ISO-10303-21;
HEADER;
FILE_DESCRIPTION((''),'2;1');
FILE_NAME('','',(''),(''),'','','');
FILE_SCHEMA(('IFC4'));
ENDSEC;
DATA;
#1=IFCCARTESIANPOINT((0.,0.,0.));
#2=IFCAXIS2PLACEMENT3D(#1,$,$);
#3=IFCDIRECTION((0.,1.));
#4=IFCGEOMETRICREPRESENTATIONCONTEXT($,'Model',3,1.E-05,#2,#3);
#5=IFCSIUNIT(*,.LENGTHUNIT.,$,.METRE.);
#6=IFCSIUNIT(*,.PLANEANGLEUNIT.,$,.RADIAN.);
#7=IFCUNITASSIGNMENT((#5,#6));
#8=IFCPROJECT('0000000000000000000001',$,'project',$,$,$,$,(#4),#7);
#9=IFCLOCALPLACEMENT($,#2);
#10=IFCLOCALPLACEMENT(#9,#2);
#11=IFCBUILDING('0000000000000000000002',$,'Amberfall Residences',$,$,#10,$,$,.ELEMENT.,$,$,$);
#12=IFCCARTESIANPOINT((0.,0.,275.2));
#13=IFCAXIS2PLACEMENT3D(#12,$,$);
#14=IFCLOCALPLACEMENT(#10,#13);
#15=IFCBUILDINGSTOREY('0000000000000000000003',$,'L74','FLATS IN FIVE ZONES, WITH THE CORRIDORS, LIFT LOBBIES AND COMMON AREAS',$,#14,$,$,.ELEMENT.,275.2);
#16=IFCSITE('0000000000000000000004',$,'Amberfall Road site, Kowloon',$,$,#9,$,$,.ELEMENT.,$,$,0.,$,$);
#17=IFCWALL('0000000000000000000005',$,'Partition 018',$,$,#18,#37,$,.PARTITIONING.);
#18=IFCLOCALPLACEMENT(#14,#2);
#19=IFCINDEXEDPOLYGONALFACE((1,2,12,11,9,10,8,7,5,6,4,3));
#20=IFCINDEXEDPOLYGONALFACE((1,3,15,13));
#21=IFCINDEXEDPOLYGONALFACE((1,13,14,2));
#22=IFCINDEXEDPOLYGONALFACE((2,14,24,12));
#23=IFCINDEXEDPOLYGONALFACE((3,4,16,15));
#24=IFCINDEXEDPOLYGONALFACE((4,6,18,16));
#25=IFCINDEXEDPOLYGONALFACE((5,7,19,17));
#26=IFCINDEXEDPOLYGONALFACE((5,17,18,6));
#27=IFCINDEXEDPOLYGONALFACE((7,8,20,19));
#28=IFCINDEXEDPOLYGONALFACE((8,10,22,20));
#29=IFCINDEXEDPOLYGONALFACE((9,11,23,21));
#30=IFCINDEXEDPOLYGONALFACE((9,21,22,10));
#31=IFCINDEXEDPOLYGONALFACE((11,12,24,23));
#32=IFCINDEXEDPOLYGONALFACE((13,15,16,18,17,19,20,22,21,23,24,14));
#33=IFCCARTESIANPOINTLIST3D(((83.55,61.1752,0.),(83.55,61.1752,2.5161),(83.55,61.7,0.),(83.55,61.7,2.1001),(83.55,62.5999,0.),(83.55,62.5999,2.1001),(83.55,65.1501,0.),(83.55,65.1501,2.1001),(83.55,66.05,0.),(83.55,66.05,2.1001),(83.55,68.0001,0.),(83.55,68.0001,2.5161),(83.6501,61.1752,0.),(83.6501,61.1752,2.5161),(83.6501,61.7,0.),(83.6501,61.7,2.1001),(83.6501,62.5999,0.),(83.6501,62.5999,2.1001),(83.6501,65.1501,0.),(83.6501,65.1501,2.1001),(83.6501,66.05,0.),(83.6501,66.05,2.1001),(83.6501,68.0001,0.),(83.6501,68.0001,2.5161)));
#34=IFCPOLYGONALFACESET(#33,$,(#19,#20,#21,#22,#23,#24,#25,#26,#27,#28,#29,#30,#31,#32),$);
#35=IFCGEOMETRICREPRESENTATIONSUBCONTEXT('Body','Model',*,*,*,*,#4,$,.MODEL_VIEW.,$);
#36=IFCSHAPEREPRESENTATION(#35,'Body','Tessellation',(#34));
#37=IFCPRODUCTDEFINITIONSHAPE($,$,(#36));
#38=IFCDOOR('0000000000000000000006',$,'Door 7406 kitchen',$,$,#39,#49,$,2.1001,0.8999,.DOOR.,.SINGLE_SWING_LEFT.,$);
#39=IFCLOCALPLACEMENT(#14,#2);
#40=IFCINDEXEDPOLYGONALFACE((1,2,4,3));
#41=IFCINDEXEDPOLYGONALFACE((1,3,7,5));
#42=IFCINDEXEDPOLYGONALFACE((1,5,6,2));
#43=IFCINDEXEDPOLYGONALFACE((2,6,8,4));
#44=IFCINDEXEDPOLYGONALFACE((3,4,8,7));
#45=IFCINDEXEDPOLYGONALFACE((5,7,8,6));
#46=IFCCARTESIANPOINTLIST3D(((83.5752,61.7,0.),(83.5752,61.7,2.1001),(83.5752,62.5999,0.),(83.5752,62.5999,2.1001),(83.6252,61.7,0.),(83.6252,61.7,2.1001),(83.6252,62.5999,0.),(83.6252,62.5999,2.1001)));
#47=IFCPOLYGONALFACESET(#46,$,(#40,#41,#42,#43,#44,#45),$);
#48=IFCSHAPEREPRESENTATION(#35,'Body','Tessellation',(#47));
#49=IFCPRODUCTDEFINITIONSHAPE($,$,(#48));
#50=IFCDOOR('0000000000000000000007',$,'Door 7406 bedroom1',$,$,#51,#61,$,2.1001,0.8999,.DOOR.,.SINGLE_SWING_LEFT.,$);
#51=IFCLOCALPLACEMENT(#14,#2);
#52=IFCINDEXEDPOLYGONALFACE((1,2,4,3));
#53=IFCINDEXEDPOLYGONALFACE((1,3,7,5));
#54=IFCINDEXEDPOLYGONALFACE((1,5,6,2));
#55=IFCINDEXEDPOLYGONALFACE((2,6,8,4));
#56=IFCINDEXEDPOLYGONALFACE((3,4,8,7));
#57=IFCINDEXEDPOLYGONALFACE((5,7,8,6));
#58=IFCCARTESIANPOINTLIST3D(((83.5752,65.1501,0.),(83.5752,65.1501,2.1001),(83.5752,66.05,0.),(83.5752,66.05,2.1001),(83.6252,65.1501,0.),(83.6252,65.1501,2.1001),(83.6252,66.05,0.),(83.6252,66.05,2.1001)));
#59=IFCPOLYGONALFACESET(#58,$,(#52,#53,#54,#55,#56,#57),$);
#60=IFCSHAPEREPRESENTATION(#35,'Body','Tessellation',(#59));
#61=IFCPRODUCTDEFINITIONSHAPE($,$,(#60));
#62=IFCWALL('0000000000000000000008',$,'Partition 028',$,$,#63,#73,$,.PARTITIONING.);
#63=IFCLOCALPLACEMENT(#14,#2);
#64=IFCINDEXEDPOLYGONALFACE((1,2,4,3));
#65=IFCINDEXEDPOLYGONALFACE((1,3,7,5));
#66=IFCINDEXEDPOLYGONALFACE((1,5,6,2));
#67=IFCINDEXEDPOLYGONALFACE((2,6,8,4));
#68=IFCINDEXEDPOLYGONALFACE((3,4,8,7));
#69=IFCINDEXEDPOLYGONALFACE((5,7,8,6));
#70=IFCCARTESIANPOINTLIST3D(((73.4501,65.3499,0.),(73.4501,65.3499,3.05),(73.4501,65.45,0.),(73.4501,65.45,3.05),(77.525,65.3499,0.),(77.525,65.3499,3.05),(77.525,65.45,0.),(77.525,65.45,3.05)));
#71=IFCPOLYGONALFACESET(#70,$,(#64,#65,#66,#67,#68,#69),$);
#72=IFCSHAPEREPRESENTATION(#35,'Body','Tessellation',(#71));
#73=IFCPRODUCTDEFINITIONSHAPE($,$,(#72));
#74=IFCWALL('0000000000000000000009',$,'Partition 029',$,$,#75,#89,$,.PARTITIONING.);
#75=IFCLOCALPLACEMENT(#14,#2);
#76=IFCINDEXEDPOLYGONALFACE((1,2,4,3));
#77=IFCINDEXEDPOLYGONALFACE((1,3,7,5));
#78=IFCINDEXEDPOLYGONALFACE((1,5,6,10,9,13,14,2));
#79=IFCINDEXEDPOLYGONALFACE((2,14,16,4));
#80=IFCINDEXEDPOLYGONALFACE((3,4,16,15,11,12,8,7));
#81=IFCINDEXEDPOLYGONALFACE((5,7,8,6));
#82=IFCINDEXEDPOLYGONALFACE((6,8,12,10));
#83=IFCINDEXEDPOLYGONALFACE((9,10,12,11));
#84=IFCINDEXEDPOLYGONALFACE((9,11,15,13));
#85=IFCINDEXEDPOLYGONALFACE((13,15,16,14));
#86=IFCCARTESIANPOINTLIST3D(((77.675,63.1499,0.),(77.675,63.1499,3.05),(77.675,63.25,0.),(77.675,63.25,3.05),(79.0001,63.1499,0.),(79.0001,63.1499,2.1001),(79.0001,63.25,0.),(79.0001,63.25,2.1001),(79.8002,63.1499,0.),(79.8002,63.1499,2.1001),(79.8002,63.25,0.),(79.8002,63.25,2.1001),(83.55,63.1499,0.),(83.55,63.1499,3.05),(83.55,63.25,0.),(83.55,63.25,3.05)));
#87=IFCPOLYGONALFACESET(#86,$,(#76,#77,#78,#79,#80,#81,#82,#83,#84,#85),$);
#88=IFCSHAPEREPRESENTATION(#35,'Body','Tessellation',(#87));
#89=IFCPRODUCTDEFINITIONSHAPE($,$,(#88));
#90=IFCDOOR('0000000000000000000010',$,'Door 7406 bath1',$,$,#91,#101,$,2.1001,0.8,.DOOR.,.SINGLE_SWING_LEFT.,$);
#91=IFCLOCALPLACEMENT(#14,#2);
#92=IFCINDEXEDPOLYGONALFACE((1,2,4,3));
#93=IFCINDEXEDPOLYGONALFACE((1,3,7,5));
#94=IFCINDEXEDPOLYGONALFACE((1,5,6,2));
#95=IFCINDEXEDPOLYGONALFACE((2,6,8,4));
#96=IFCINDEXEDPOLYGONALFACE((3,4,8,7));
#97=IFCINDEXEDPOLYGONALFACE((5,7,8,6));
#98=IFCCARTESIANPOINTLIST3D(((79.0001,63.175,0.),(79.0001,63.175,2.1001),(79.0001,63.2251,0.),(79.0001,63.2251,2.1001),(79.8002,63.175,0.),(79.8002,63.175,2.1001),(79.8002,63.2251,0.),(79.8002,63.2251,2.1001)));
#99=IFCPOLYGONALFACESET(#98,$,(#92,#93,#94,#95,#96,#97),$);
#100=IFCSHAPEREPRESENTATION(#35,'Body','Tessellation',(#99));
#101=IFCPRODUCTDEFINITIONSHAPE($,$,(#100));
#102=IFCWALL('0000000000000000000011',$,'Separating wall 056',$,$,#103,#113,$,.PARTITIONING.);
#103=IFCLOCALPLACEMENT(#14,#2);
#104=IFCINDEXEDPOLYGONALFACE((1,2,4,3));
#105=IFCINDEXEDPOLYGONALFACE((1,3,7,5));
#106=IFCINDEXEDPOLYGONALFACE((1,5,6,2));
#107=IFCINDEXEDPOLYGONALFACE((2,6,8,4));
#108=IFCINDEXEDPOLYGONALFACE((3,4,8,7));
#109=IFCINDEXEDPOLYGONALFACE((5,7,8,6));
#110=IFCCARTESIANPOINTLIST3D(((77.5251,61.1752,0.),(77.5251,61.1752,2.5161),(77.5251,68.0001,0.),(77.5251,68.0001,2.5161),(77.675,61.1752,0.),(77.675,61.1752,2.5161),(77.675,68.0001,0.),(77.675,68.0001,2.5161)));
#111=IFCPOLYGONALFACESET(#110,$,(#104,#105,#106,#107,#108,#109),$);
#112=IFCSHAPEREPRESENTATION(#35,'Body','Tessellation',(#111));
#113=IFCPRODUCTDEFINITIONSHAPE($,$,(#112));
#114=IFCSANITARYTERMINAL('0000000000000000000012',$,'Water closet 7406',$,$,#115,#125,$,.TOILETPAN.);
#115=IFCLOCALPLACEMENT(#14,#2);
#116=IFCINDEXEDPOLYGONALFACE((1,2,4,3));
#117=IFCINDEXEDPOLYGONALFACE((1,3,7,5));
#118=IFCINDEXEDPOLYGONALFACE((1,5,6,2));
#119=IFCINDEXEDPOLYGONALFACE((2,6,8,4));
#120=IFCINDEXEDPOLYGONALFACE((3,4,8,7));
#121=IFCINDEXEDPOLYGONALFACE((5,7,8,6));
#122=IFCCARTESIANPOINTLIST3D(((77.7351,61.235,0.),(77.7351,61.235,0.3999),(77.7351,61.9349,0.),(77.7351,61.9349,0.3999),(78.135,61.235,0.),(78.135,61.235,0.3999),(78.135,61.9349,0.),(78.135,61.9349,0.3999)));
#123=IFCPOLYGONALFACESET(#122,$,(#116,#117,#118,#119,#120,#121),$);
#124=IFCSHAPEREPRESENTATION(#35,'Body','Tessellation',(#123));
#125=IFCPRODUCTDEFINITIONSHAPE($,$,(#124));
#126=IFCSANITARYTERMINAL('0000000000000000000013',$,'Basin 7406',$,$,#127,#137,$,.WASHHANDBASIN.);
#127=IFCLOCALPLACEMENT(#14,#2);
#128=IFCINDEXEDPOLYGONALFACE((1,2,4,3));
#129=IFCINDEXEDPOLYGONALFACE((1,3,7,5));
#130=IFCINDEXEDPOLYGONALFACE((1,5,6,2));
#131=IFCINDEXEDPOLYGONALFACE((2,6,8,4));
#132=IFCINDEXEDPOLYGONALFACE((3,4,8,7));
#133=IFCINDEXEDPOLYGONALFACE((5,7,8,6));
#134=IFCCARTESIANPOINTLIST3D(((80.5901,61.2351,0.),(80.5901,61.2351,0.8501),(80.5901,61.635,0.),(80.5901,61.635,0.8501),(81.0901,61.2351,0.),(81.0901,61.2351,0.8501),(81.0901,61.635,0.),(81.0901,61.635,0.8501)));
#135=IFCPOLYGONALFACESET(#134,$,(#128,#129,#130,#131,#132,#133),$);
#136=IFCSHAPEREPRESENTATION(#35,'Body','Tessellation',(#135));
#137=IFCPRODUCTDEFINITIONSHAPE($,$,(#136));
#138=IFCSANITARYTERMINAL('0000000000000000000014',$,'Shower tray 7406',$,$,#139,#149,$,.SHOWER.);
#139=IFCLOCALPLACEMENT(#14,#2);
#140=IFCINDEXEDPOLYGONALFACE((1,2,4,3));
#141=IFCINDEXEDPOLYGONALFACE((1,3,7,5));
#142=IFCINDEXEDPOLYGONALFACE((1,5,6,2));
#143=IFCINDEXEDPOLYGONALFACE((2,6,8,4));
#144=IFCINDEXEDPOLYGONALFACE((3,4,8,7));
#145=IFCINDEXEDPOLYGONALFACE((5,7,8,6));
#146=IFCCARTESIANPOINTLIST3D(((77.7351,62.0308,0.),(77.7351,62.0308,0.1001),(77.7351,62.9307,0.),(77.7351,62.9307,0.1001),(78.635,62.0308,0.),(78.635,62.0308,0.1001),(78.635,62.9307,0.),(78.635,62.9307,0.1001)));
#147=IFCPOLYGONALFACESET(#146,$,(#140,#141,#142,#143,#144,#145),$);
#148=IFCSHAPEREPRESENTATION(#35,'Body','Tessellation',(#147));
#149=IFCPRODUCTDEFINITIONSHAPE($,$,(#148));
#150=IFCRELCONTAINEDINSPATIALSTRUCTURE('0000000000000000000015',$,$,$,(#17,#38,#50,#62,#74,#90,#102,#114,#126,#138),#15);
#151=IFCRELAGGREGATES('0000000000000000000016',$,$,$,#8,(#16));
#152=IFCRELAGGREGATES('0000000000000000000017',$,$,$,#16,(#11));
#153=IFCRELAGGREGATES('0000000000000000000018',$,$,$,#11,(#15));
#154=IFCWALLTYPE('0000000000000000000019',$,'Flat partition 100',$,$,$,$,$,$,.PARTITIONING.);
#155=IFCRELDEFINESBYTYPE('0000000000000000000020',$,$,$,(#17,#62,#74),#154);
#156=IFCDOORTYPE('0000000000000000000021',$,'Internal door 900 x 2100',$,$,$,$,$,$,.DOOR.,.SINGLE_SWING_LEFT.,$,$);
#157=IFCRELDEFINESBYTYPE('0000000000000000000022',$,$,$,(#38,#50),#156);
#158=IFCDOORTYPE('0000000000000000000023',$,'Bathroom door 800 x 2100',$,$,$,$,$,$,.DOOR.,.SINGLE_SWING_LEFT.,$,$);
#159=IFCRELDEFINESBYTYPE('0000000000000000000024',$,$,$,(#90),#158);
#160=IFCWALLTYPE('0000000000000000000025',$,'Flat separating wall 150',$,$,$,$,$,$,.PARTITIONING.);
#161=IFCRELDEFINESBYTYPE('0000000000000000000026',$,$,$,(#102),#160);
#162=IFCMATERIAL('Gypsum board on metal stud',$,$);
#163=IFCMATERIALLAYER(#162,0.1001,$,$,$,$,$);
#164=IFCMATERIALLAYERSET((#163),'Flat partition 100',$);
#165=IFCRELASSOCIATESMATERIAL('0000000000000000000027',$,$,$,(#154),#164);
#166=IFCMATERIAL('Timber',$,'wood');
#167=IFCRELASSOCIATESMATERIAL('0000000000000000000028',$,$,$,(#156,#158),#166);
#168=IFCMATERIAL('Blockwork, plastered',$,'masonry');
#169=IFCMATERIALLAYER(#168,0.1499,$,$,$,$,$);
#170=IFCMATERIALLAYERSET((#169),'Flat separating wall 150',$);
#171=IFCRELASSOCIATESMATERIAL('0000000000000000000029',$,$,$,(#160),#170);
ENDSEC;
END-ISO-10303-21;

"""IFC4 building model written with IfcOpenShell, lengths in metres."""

from ifc_helpers import new_model, si_unit, direction, frame, frame_2d, origin, origin_2d, place, context, subcontext, project, spatial, rectangle, extrude, material, layer, layer_set, type_object, element, fill, save


model = new_model("IFC4")

# Units and contexts
model_context = context("Model", 3, precision=1e-05, world=origin(), true_north=direction((0.0, 1.0)))
body_context = subcontext(model_context, "Body", "Model", "MODEL_VIEW")
ifc_project = project(units=[si_unit("LENGTHUNIT", "METRE"), si_unit("PLANEANGLEUNIT", "RADIAN")], contexts=[model_context])

# Site, building, storey
site_placement = place(None, origin())
site = spatial("IfcSite", under=ifc_project, at=site_placement, Name="Amberfall Road site, Kowloon", CompositionType="ELEMENT", RefElevation=0.0)
building_placement = place(site_placement, origin())
building = spatial("IfcBuilding", under=site, at=building_placement, Name="Amberfall Residences", CompositionType="ELEMENT")
storey_placement = place(building_placement, frame((0.0, 0.0, 275.2)))
storey = spatial("IfcBuildingStorey", under=building, at=storey_placement, Name="L74", Description="FLATS IN FIVE ZONES, WITH THE CORRIDORS, LIFT LOBBIES AND COMMON AREAS", CompositionType="ELEMENT", Elevation=275.2)

# Shared definitions
ifc_material_1 = material(Name="Gypsum board on metal stud")
ifc_layer_1 = layer(ifc_material_1, 0.1001)
ifc_layer_set_1 = layer_set([ifc_layer_1], Name="Flat partition 100")
wall_type_1 = type_object("IfcWallType", Name="Flat partition 100", PredefinedType="PARTITIONING", material=ifc_layer_set_1)

# Wall, openings, doors
wall_1_placement = place(storey_placement, frame((83.6001, 61.175, 0.0), z_axis=(0.0, 0.0, 1.0), x_axis=(0.0, 1.0, 0.0)))
wall_1 = element("IfcWall", 1, at=wall_1_placement, inside=storey, type_object=wall_type_1, Name="Partition 018", PredefinedType="PARTITIONING", context=body_context, shape_type="SweptSolid", body=[
    extrude(rectangle(XDim=6.825, YDim=0.1001, at=frame_2d((3.4126, 0.0))), origin(), (0.0, 0.0, 1.0), 2.5161),
])
opening_1_placement = place(wall_1_placement, frame((0.5249, 0.0, 0.0)))
opening_1 = element("IfcOpeningElement", 2, at=opening_1_placement, cuts=wall_1, PredefinedType="OPENING", context=body_context, shape_type="SweptSolid", body=[
    extrude(rectangle(XDim=0.8999, YDim=2.1001, at=frame_2d((0.45, 1.05))), frame((0.0, 0.0601, 0.0), z_axis=(0.0, -1.0, 0.0), x_axis=(1.0, 0.0, 0.0)), (0.0, 0.0, 1.0), 0.1201),
])
opening_2_placement = place(wall_1_placement, frame((3.9751, 0.0, 0.0)))
opening_2 = element("IfcOpeningElement", 3, at=opening_2_placement, cuts=wall_1, PredefinedType="OPENING", context=body_context, shape_type="SweptSolid", body=[
    extrude(rectangle(XDim=0.8999, YDim=2.1001, at=frame_2d((0.45, 1.05))), frame((0.0, 0.0601, 0.0), z_axis=(0.0, -1.0, 0.0), x_axis=(1.0, 0.0, 0.0)), (0.0, 0.0, 1.0), 0.1201),
])
ifc_material_2 = material(Name="Timber", Category="wood")
door_type_1 = type_object("IfcDoorType", Name="Internal door 900 x 2100", OperationType="SINGLE_SWING_LEFT", PredefinedType="DOOR", material=ifc_material_2)
door_1_placement = place(opening_1_placement, origin())
door_1 = element("IfcDoor", 4, at=door_1_placement, inside=storey, type_object=door_type_1, Name="Door 7406 kitchen", OperationType="SINGLE_SWING_LEFT", OverallHeight=2.1001, OverallWidth=0.8999, PredefinedType="DOOR", context=body_context, shape_type="SweptSolid", body=[
    extrude(rectangle(XDim=0.8999, YDim=2.1001, at=frame_2d((0.45, 1.05))), frame((0.0, 0.0249, 0.0), z_axis=(0.0, -1.0, 0.0), x_axis=(1.0, 0.0, 0.0)), (0.0, 0.0, 1.0), 0.05),
])
fill(opening_1, door_1)
door_2_placement = place(opening_2_placement, origin())
door_2 = element("IfcDoor", 5, at=door_2_placement, inside=storey, type_object=door_type_1, Name="Door 7406 bedroom1", OperationType="SINGLE_SWING_LEFT", OverallHeight=2.1001, OverallWidth=0.8999, PredefinedType="DOOR", context=body_context, shape_type="SweptSolid", body=[
    extrude(rectangle(XDim=0.8999, YDim=2.1001, at=frame_2d((0.45, 1.05))), frame((0.0, 0.0249, 0.0), z_axis=(0.0, -1.0, 0.0), x_axis=(1.0, 0.0, 0.0)), (0.0, 0.0, 1.0), 0.05),
])
fill(opening_2, door_2)

# Wall
wall_2_placement = place(storey_placement, frame((73.45, 65.3999, 0.0), z_axis=(0.0, 0.0, 1.0), x_axis=(1.0, 0.0, 0.0)))
element("IfcWall", 6, at=wall_2_placement, inside=storey, type_object=wall_type_1, Name="Partition 028", PredefinedType="PARTITIONING", context=body_context, shape_type="SweptSolid", body=[
    extrude(rectangle(XDim=4.075, YDim=0.1001, at=frame_2d((2.0376, 0.0))), origin(), (0.0, 0.0, 1.0), 3.05),
])

# Wall, opening, door
wall_3_placement = place(storey_placement, frame((83.55, 63.2, 0.0), z_axis=(0.0, 0.0, 1.0), x_axis=(-1.0, 0.0, 0.0)))
wall_3 = element("IfcWall", 7, at=wall_3_placement, inside=storey, type_object=wall_type_1, Name="Partition 029", PredefinedType="PARTITIONING", context=body_context, shape_type="SweptSolid", body=[
    extrude(rectangle(XDim=5.875, YDim=0.1001, at=frame_2d((2.9375, 0.0))), origin(), (0.0, 0.0, 1.0), 3.05),
])
opening_3_placement = place(wall_3_placement, frame((3.75, 0.0, 0.0)))
opening_3 = element("IfcOpeningElement", 8, at=opening_3_placement, cuts=wall_3, PredefinedType="OPENING", context=body_context, shape_type="SweptSolid", body=[
    extrude(rectangle(XDim=0.8, YDim=2.1001, at=frame_2d((0.3999, 1.05))), frame((0.0, 0.0601, 0.0), z_axis=(0.0, -1.0, 0.0), x_axis=(1.0, 0.0, 0.0)), (0.0, 0.0, 1.0), 0.1201),
])
door_type_2 = type_object("IfcDoorType", Name="Bathroom door 800 x 2100", OperationType="SINGLE_SWING_LEFT", PredefinedType="DOOR", material=ifc_material_2)
door_3_placement = place(opening_3_placement, origin())
door_3 = element("IfcDoor", 9, at=door_3_placement, inside=storey, type_object=door_type_2, Name="Door 7406 bath1", OperationType="SINGLE_SWING_LEFT", OverallHeight=2.1001, OverallWidth=0.8, PredefinedType="DOOR", context=body_context, shape_type="SweptSolid", body=[
    extrude(rectangle(XDim=0.8, YDim=2.1001, at=frame_2d((0.3999, 1.05))), frame((0.0, 0.0249, 0.0), z_axis=(0.0, -1.0, 0.0), x_axis=(1.0, 0.0, 0.0)), (0.0, 0.0, 1.0), 0.05),
])
fill(opening_3, door_3)

# Wall
ifc_material_3 = material(Name="Blockwork, plastered", Category="masonry")
ifc_layer_2 = layer(ifc_material_3, 0.1499)
ifc_layer_set_2 = layer_set([ifc_layer_2], Name="Flat separating wall 150")
wall_type_2 = type_object("IfcWallType", Name="Flat separating wall 150", PredefinedType="PARTITIONING", material=ifc_layer_set_2)
wall_4_placement = place(storey_placement, frame((77.6001, 61.175, 0.0), z_axis=(0.0, 0.0, 1.0), x_axis=(0.0, 1.0, 0.0)))
element("IfcWall", 10, at=wall_4_placement, inside=storey, type_object=wall_type_2, Name="Separating wall 056", PredefinedType="PARTITIONING", context=body_context, shape_type="SweptSolid", body=[
    extrude(rectangle(XDim=6.825, YDim=0.1499, at=frame_2d((3.4126, 0.0))), origin(), (0.0, 0.0, 1.0), 2.5161),
])

# Sanitary terminals
sanitary_terminal_1_placement = place(storey_placement, frame((77.9351, 61.585, 0.0), z_axis=(0.0, 0.0, 1.0), x_axis=(1.0, 0.0, 0.0)))
element("IfcSanitaryTerminal", 11, at=sanitary_terminal_1_placement, inside=storey, Name="Water closet 7406", PredefinedType="TOILETPAN", context=body_context, shape_type="SweptSolid", body=[
    extrude(rectangle(XDim=0.3999, YDim=0.7, at=origin_2d()), origin(), (0.0, 0.0, 1.0), 0.3999),
])
sanitary_terminal_2_placement = place(storey_placement, frame((80.8401, 61.4351, 0.0), z_axis=(0.0, 0.0, 1.0), x_axis=(1.0, 0.0, 0.0)))
element("IfcSanitaryTerminal", 12, at=sanitary_terminal_2_placement, inside=storey, Name="Basin 7406", PredefinedType="WASHHANDBASIN", context=body_context, shape_type="SweptSolid", body=[
    extrude(rectangle(XDim=0.5, YDim=0.3999, at=origin_2d()), origin(), (0.0, 0.0, 1.0), 0.8501),
])
sanitary_terminal_3_placement = place(storey_placement, frame((78.1851, 62.4807, 0.0), z_axis=(0.0, 0.0, 1.0), x_axis=(1.0, 0.0, 0.0)))
element("IfcSanitaryTerminal", 13, at=sanitary_terminal_3_placement, inside=storey, Name="Shower tray 7406", PredefinedType="SHOWER", context=body_context, shape_type="SweptSolid", body=[
    extrude(rectangle(XDim=0.8999, YDim=0.8999, at=origin_2d()), origin(), (0.0, 0.0, 1.0), 0.1001),
])

save(model, "model.ifc")
